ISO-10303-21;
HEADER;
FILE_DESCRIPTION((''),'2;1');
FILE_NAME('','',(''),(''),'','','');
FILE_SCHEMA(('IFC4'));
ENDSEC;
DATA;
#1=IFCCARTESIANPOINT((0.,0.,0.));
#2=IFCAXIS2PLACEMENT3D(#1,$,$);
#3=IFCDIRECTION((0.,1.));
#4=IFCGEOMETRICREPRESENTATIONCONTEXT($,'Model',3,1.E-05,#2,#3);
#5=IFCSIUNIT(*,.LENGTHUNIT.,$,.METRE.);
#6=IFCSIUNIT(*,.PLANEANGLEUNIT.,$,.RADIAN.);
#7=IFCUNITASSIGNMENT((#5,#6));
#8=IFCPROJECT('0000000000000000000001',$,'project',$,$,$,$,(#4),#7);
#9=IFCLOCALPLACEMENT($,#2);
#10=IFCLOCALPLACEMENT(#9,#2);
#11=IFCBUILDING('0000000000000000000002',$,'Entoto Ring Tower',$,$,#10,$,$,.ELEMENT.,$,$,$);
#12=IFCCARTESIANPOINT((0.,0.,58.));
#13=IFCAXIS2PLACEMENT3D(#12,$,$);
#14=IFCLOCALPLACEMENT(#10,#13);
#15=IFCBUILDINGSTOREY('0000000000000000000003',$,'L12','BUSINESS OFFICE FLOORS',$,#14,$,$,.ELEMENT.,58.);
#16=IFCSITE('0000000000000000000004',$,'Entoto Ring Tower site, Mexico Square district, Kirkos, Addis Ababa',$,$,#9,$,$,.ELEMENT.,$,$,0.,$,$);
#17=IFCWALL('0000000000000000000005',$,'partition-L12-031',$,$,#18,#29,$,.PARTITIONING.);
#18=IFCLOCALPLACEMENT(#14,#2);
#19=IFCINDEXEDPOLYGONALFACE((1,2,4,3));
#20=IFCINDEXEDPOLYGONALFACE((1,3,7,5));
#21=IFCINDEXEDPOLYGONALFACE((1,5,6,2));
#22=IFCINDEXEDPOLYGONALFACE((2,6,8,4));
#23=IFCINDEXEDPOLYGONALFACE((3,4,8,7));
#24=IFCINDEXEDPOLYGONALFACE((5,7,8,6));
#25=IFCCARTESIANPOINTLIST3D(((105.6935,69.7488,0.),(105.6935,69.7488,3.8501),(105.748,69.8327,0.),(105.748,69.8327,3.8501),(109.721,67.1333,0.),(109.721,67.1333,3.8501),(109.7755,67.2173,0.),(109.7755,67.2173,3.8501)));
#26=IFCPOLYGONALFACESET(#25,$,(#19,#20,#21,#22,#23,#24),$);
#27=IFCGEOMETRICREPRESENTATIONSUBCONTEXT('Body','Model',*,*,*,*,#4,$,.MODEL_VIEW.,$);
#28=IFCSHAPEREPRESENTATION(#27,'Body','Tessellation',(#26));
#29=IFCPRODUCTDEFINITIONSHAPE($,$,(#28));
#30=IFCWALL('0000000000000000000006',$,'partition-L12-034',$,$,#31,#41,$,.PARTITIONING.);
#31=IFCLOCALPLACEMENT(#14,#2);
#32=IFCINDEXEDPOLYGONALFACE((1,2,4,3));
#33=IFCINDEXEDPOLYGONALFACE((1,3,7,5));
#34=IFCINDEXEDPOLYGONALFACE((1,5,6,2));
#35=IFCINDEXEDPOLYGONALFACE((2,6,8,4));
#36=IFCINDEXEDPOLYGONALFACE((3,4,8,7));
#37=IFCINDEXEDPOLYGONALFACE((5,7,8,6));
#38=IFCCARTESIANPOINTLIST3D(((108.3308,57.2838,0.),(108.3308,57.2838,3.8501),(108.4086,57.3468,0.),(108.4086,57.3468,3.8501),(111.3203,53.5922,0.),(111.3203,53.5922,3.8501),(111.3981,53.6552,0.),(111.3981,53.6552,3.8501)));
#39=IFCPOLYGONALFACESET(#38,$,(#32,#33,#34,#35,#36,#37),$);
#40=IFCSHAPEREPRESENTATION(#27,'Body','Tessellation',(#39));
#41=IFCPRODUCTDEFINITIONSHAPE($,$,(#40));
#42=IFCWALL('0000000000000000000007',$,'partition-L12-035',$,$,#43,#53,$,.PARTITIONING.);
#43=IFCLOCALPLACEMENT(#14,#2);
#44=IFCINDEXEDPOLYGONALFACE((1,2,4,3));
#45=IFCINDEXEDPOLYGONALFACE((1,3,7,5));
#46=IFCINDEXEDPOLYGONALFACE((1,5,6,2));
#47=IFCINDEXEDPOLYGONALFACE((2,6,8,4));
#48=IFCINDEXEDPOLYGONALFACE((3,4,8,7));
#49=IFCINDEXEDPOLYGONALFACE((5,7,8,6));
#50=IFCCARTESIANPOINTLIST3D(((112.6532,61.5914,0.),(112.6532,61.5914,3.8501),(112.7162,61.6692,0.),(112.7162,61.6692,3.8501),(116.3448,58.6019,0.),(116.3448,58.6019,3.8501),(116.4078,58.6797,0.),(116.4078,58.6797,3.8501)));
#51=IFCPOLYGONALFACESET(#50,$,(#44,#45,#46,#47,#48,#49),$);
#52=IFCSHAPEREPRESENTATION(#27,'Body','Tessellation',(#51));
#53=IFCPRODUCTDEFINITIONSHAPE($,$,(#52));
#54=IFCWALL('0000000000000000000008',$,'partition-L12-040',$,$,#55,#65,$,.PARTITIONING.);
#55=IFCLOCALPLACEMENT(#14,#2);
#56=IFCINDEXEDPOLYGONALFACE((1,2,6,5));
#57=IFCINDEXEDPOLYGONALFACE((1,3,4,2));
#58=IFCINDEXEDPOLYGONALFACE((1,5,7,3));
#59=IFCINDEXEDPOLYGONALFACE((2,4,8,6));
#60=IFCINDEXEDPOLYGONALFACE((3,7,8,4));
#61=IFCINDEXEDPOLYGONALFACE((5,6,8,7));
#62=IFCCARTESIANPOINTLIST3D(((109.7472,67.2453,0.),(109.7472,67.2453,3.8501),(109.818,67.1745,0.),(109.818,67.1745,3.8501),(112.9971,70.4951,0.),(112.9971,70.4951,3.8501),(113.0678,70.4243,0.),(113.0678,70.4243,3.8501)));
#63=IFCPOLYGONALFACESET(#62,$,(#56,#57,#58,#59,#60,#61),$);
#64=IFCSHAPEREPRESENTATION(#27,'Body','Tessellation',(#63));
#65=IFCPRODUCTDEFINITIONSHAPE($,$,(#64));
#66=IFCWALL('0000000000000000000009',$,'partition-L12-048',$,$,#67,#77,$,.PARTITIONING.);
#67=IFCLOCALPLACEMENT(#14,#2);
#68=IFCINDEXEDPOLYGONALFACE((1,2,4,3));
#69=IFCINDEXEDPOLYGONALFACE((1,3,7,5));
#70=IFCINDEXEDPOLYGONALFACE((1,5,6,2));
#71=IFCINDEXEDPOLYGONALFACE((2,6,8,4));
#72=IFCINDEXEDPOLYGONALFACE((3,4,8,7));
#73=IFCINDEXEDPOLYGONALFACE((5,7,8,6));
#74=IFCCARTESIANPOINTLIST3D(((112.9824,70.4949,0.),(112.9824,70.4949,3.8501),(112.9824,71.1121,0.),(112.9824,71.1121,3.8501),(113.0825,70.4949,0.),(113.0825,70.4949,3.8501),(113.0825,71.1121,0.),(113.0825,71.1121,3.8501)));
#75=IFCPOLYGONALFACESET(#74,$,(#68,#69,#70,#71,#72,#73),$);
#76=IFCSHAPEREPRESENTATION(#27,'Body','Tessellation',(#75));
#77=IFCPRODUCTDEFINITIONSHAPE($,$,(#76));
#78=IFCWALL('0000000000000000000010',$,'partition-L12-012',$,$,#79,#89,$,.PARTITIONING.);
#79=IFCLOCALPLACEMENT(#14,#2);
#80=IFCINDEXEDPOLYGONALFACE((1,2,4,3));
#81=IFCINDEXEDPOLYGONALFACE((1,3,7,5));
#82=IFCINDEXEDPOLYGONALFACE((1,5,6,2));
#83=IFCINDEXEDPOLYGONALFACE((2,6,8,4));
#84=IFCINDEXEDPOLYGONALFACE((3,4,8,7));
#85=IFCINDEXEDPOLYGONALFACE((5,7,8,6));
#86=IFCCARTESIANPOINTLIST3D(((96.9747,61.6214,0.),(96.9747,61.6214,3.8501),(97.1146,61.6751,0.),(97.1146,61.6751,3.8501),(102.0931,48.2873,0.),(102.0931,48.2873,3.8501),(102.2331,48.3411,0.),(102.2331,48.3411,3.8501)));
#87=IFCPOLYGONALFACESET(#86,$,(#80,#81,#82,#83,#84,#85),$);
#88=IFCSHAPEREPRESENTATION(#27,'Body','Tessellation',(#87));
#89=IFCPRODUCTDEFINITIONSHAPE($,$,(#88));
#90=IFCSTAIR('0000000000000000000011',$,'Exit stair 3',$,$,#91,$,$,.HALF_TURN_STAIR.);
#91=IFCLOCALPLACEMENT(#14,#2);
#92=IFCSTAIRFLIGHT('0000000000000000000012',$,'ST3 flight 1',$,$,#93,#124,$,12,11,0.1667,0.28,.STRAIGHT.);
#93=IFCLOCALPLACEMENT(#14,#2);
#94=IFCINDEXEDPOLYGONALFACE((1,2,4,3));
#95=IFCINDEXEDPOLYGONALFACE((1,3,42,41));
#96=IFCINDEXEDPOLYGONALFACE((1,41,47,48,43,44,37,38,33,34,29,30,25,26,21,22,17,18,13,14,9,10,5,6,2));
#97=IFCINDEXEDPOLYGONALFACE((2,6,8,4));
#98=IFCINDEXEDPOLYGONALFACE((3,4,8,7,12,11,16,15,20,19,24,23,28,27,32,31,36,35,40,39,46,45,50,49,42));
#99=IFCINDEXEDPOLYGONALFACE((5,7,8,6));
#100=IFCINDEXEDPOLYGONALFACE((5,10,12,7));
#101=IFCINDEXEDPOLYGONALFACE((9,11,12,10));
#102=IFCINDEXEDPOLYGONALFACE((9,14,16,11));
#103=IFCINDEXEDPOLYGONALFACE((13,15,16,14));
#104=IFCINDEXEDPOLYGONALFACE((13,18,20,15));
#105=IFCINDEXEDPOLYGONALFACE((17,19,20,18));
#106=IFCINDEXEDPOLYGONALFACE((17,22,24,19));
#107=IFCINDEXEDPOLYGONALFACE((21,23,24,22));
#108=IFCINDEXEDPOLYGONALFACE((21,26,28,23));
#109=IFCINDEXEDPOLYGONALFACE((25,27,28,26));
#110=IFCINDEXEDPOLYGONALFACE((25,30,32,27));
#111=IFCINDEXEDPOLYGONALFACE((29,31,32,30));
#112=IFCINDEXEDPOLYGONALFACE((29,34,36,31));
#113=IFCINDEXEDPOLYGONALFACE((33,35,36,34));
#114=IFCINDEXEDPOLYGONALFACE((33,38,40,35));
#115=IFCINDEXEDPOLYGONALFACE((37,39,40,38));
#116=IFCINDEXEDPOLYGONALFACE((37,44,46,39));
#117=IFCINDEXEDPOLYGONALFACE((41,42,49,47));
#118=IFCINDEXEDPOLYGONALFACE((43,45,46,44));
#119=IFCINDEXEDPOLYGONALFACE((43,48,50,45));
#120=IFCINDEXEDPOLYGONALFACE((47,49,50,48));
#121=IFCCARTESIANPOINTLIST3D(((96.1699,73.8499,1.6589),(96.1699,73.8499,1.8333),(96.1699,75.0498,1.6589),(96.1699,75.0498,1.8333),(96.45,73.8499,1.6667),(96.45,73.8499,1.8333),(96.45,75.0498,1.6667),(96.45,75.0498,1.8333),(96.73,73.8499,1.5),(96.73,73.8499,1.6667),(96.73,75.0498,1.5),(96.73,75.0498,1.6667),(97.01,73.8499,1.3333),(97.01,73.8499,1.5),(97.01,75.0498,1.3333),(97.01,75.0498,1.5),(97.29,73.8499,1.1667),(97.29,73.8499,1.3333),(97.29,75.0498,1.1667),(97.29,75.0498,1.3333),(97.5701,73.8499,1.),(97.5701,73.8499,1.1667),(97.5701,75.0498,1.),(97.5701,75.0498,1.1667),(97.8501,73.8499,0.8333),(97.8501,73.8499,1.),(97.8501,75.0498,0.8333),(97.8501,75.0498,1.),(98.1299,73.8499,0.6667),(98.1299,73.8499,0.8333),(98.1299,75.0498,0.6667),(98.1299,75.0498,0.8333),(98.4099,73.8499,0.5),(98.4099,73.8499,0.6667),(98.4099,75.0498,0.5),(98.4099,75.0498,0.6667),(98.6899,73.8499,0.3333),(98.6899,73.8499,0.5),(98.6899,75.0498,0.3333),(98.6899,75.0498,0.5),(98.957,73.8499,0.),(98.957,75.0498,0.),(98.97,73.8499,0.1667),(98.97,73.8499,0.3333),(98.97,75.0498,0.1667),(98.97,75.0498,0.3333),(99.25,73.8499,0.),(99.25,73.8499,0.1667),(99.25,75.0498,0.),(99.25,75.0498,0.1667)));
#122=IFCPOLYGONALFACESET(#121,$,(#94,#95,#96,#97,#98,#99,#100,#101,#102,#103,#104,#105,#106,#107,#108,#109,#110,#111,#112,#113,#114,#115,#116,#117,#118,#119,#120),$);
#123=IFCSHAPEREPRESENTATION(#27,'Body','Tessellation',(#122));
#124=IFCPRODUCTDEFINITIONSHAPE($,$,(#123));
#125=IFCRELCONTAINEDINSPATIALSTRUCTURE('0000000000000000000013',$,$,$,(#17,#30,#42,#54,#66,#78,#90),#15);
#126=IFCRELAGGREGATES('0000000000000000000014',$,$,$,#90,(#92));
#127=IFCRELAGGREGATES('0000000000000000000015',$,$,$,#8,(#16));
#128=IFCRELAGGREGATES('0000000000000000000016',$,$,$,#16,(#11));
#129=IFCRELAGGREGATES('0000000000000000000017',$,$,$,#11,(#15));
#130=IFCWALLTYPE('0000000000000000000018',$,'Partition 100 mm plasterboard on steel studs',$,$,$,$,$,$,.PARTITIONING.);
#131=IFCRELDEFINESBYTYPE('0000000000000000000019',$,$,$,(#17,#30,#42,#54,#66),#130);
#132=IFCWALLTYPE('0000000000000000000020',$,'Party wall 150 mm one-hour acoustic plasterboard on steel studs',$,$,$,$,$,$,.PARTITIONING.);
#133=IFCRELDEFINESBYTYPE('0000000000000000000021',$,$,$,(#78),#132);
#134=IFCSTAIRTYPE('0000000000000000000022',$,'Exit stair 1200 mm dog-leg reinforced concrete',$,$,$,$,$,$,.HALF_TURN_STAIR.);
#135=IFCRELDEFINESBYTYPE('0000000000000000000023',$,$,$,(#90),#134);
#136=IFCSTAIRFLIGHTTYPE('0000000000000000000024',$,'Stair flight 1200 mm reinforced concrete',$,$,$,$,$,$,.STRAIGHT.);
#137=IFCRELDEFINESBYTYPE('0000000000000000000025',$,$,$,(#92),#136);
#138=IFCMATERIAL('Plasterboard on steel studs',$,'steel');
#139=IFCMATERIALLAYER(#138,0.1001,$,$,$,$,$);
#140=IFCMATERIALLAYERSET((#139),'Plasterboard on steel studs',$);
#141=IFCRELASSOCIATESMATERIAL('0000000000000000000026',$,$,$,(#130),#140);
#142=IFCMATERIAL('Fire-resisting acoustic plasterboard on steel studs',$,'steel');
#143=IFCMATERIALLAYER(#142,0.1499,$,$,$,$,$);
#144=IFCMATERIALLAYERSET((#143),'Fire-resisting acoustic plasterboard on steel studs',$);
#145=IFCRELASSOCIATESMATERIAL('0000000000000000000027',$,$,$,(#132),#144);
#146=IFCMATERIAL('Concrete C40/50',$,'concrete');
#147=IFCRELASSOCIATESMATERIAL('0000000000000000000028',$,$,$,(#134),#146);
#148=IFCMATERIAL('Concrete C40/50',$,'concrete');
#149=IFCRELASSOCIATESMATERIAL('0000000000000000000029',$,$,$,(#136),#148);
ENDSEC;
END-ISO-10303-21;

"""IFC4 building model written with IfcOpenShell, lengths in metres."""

from ifc_helpers import new_model, si_unit, direction, frame, frame_2d, origin, place, context, subcontext, project, spatial, polyline, rectangle, outline, extrude, material, layer, layer_set, type_object, element, aggregate, save


model = new_model("IFC4")

# Units and contexts
model_context = context("Model", 3, precision=1e-05, world=origin(), true_north=direction((0.0, 1.0)))
body_context = subcontext(model_context, "Body", "Model", "MODEL_VIEW")
ifc_project = project(units=[si_unit("LENGTHUNIT", "METRE"), si_unit("PLANEANGLEUNIT", "RADIAN")], contexts=[model_context])

# Site, building, storey
site_placement = place(None, origin())
site = spatial("IfcSite", under=ifc_project, at=site_placement, Name="Entoto Ring Tower site, Mexico Square district, Kirkos, Addis Ababa", CompositionType="ELEMENT", RefElevation=0.0)
building_placement = place(site_placement, origin())
building = spatial("IfcBuilding", under=site, at=building_placement, Name="Entoto Ring Tower", CompositionType="ELEMENT")
storey_placement = place(building_placement, frame((0.0, 0.0, 58.0)))
storey = spatial("IfcBuildingStorey", under=building, at=storey_placement, Name="L12", Description="BUSINESS OFFICE FLOORS", CompositionType="ELEMENT", Elevation=58.0)

# Shared definitions
ifc_material_1 = material(Name="Plasterboard on steel studs", Category="steel")
ifc_layer_1 = layer(ifc_material_1, 0.1001)
ifc_layer_set_1 = layer_set([ifc_layer_1], Name="Plasterboard on steel studs")
wall_type_1 = type_object("IfcWallType", Name="Partition 100 mm plasterboard on steel studs", PredefinedType="PARTITIONING", material=ifc_layer_set_1)

# Walls
wall_1_placement = place(storey_placement, frame((109.7483, 67.1753, 0.0), z_axis=(0.0, 0.0, 1.0), x_axis=(-0.838677, 0.544629, 0.0)))
element("IfcWall", 1, at=wall_1_placement, inside=storey, type_object=wall_type_1, Name="partition-L12-031", PredefinedType="PARTITIONING", context=body_context, shape_type="SweptSolid", body=[
    extrude(rectangle(XDim=4.8022, YDim=0.1001, at=frame_2d((2.4011, 0.0))), origin(), (0.0, 0.0, 1.0), 3.8501),
])
for number, where, z_axis, x_axis, name in (
    (2, (111.3591, 53.6238, 0.0), (0.0, 0.0, 1.0), (-0.629328, 0.77714, 0.0), "partition-L12-034"),
    (3, (116.3762, 58.6409, 0.0), (0.0, 0.0, 1.0), (-0.77714, 0.629328, 0.0), "partition-L12-035"),
):
    element("IfcWall", number, at=place(storey_placement, frame(where, z_axis=z_axis, x_axis=x_axis)), inside=storey, type_object=wall_type_1, Name=name, PredefinedType="PARTITIONING", context=body_context, shape_type="SweptSolid", body=[
        extrude(rectangle(XDim=4.7502, YDim=0.1001, at=frame_2d((2.375, 0.0))), origin(), (0.0, 0.0, 1.0), 3.8501),
    ])
wall_2_placement = place(storey_placement, frame((109.7827, 67.21, 0.0), z_axis=(0.0, 0.0, 1.0), x_axis=(0.707107, 0.707107, 0.0)))
element("IfcWall", 4, at=wall_2_placement, inside=storey, type_object=wall_type_1, Name="partition-L12-040", PredefinedType="PARTITIONING", context=body_context, shape_type="SweptSolid", body=[
    extrude(rectangle(XDim=4.5959, YDim=0.1001, at=frame_2d((2.2979, 0.0))), origin(), (0.0, 0.0, 1.0), 3.8501),
])
wall_3_placement = place(storey_placement, frame((113.0325, 70.4949, 0.0), z_axis=(0.0, 0.0, 1.0), x_axis=(0.0, 1.0, 0.0)))
element("IfcWall", 5, at=wall_3_placement, inside=storey, type_object=wall_type_1, Name="partition-L12-048", PredefinedType="PARTITIONING", context=body_context, shape_type="SweptSolid", body=[
    extrude(rectangle(XDim=0.6172, YDim=0.1001, at=frame_2d((0.3086, 0.0))), origin(), (0.0, 0.0, 1.0), 3.8501),
])
ifc_material_2 = material(Name="Fire-resisting acoustic plasterboard on steel studs", Category="steel")
ifc_layer_2 = layer(ifc_material_2, 0.1499)
ifc_layer_set_2 = layer_set([ifc_layer_2], Name="Fire-resisting acoustic plasterboard on steel studs")
wall_type_2 = type_object("IfcWallType", Name="Party wall 150 mm one-hour acoustic plasterboard on steel studs", PredefinedType="PARTITIONING", material=ifc_layer_set_2)
wall_4_placement = place(storey_placement, frame((102.1631, 48.3142, 0.0), z_axis=(0.0, 0.0, 1.0), x_axis=(-0.358366, 0.933581, 0.0)))
element("IfcWall", 6, at=wall_4_placement, inside=storey, type_object=wall_type_2, Name="partition-L12-012", PredefinedType="PARTITIONING", context=body_context, shape_type="SweptSolid", body=[
    extrude(rectangle(XDim=14.2827, YDim=0.1499, at=frame_2d((7.1414, 0.0))), origin(), (0.0, 0.0, 1.0), 3.8501),
])

# Stair, stair flight
ifc_material_3 = material(Name="Concrete C40/50", Category="concrete")
stair_type = type_object("IfcStairType", Name="Exit stair 1200 mm dog-leg reinforced concrete", PredefinedType="HALF_TURN_STAIR", material=ifc_material_3)
stair_placement = place(storey_placement, origin())
stair = element("IfcStair", 7, at=stair_placement, inside=storey, type_object=stair_type, Name="Exit stair 3", PredefinedType="HALF_TURN_STAIR")
ifc_material_4 = material(Name="Concrete C40/50", Category="concrete")
stair_flight_type = type_object("IfcStairFlightType", Name="Stair flight 1200 mm reinforced concrete", PredefinedType="STRAIGHT", material=ifc_material_4)
stair_flight_placement = place(storey_placement, frame((99.25, 74.45, 0.0), z_axis=(0.0, 0.0, 1.0), x_axis=(-1.0, 0.0, 0.0)))
stair_flight = element("IfcStairFlight", 8, at=stair_flight_placement, type_object=stair_flight_type, Name="ST3 flight 1", NumberOfRisers=12, NumberOfTreads=11, PredefinedType="STRAIGHT", RiserHeight=0.1667, TreadLength=0.28, context=body_context, shape_type="SweptSolid", body=[
    extrude(outline(polyline([(0.0, 0.0), (0.0, 0.1667), (0.28, 0.1667), (0.28, 0.3333), (0.5601, 0.3333), (0.5601, 0.5), (0.8401, 0.5), (0.8401, 0.6667), (1.1201, 0.6667), (1.1201, 0.8333), (1.3999, 0.8333), (1.3999, 1.0), (1.6799, 1.0), (1.6799, 1.1667), (1.96, 1.1667), (1.96, 1.3333), (2.24, 1.3333), (2.24, 1.5), (2.52, 1.5), (2.52, 1.6667), (2.8, 1.6667), (2.8, 1.8333), (3.0801, 1.8333), (3.0801, 2.0), (3.0801, 1.6589), (0.293, 0.0), (0.0, 0.0)])), frame((0.0, 0.6001, 0.0), z_axis=(0.0, -1.0, 0.0), x_axis=(1.0, 0.0, 0.0)), (0.0, 0.0, 1.0), 1.2),
])
aggregate(stair, [stair_flight])

save(model, "model.ifc")
